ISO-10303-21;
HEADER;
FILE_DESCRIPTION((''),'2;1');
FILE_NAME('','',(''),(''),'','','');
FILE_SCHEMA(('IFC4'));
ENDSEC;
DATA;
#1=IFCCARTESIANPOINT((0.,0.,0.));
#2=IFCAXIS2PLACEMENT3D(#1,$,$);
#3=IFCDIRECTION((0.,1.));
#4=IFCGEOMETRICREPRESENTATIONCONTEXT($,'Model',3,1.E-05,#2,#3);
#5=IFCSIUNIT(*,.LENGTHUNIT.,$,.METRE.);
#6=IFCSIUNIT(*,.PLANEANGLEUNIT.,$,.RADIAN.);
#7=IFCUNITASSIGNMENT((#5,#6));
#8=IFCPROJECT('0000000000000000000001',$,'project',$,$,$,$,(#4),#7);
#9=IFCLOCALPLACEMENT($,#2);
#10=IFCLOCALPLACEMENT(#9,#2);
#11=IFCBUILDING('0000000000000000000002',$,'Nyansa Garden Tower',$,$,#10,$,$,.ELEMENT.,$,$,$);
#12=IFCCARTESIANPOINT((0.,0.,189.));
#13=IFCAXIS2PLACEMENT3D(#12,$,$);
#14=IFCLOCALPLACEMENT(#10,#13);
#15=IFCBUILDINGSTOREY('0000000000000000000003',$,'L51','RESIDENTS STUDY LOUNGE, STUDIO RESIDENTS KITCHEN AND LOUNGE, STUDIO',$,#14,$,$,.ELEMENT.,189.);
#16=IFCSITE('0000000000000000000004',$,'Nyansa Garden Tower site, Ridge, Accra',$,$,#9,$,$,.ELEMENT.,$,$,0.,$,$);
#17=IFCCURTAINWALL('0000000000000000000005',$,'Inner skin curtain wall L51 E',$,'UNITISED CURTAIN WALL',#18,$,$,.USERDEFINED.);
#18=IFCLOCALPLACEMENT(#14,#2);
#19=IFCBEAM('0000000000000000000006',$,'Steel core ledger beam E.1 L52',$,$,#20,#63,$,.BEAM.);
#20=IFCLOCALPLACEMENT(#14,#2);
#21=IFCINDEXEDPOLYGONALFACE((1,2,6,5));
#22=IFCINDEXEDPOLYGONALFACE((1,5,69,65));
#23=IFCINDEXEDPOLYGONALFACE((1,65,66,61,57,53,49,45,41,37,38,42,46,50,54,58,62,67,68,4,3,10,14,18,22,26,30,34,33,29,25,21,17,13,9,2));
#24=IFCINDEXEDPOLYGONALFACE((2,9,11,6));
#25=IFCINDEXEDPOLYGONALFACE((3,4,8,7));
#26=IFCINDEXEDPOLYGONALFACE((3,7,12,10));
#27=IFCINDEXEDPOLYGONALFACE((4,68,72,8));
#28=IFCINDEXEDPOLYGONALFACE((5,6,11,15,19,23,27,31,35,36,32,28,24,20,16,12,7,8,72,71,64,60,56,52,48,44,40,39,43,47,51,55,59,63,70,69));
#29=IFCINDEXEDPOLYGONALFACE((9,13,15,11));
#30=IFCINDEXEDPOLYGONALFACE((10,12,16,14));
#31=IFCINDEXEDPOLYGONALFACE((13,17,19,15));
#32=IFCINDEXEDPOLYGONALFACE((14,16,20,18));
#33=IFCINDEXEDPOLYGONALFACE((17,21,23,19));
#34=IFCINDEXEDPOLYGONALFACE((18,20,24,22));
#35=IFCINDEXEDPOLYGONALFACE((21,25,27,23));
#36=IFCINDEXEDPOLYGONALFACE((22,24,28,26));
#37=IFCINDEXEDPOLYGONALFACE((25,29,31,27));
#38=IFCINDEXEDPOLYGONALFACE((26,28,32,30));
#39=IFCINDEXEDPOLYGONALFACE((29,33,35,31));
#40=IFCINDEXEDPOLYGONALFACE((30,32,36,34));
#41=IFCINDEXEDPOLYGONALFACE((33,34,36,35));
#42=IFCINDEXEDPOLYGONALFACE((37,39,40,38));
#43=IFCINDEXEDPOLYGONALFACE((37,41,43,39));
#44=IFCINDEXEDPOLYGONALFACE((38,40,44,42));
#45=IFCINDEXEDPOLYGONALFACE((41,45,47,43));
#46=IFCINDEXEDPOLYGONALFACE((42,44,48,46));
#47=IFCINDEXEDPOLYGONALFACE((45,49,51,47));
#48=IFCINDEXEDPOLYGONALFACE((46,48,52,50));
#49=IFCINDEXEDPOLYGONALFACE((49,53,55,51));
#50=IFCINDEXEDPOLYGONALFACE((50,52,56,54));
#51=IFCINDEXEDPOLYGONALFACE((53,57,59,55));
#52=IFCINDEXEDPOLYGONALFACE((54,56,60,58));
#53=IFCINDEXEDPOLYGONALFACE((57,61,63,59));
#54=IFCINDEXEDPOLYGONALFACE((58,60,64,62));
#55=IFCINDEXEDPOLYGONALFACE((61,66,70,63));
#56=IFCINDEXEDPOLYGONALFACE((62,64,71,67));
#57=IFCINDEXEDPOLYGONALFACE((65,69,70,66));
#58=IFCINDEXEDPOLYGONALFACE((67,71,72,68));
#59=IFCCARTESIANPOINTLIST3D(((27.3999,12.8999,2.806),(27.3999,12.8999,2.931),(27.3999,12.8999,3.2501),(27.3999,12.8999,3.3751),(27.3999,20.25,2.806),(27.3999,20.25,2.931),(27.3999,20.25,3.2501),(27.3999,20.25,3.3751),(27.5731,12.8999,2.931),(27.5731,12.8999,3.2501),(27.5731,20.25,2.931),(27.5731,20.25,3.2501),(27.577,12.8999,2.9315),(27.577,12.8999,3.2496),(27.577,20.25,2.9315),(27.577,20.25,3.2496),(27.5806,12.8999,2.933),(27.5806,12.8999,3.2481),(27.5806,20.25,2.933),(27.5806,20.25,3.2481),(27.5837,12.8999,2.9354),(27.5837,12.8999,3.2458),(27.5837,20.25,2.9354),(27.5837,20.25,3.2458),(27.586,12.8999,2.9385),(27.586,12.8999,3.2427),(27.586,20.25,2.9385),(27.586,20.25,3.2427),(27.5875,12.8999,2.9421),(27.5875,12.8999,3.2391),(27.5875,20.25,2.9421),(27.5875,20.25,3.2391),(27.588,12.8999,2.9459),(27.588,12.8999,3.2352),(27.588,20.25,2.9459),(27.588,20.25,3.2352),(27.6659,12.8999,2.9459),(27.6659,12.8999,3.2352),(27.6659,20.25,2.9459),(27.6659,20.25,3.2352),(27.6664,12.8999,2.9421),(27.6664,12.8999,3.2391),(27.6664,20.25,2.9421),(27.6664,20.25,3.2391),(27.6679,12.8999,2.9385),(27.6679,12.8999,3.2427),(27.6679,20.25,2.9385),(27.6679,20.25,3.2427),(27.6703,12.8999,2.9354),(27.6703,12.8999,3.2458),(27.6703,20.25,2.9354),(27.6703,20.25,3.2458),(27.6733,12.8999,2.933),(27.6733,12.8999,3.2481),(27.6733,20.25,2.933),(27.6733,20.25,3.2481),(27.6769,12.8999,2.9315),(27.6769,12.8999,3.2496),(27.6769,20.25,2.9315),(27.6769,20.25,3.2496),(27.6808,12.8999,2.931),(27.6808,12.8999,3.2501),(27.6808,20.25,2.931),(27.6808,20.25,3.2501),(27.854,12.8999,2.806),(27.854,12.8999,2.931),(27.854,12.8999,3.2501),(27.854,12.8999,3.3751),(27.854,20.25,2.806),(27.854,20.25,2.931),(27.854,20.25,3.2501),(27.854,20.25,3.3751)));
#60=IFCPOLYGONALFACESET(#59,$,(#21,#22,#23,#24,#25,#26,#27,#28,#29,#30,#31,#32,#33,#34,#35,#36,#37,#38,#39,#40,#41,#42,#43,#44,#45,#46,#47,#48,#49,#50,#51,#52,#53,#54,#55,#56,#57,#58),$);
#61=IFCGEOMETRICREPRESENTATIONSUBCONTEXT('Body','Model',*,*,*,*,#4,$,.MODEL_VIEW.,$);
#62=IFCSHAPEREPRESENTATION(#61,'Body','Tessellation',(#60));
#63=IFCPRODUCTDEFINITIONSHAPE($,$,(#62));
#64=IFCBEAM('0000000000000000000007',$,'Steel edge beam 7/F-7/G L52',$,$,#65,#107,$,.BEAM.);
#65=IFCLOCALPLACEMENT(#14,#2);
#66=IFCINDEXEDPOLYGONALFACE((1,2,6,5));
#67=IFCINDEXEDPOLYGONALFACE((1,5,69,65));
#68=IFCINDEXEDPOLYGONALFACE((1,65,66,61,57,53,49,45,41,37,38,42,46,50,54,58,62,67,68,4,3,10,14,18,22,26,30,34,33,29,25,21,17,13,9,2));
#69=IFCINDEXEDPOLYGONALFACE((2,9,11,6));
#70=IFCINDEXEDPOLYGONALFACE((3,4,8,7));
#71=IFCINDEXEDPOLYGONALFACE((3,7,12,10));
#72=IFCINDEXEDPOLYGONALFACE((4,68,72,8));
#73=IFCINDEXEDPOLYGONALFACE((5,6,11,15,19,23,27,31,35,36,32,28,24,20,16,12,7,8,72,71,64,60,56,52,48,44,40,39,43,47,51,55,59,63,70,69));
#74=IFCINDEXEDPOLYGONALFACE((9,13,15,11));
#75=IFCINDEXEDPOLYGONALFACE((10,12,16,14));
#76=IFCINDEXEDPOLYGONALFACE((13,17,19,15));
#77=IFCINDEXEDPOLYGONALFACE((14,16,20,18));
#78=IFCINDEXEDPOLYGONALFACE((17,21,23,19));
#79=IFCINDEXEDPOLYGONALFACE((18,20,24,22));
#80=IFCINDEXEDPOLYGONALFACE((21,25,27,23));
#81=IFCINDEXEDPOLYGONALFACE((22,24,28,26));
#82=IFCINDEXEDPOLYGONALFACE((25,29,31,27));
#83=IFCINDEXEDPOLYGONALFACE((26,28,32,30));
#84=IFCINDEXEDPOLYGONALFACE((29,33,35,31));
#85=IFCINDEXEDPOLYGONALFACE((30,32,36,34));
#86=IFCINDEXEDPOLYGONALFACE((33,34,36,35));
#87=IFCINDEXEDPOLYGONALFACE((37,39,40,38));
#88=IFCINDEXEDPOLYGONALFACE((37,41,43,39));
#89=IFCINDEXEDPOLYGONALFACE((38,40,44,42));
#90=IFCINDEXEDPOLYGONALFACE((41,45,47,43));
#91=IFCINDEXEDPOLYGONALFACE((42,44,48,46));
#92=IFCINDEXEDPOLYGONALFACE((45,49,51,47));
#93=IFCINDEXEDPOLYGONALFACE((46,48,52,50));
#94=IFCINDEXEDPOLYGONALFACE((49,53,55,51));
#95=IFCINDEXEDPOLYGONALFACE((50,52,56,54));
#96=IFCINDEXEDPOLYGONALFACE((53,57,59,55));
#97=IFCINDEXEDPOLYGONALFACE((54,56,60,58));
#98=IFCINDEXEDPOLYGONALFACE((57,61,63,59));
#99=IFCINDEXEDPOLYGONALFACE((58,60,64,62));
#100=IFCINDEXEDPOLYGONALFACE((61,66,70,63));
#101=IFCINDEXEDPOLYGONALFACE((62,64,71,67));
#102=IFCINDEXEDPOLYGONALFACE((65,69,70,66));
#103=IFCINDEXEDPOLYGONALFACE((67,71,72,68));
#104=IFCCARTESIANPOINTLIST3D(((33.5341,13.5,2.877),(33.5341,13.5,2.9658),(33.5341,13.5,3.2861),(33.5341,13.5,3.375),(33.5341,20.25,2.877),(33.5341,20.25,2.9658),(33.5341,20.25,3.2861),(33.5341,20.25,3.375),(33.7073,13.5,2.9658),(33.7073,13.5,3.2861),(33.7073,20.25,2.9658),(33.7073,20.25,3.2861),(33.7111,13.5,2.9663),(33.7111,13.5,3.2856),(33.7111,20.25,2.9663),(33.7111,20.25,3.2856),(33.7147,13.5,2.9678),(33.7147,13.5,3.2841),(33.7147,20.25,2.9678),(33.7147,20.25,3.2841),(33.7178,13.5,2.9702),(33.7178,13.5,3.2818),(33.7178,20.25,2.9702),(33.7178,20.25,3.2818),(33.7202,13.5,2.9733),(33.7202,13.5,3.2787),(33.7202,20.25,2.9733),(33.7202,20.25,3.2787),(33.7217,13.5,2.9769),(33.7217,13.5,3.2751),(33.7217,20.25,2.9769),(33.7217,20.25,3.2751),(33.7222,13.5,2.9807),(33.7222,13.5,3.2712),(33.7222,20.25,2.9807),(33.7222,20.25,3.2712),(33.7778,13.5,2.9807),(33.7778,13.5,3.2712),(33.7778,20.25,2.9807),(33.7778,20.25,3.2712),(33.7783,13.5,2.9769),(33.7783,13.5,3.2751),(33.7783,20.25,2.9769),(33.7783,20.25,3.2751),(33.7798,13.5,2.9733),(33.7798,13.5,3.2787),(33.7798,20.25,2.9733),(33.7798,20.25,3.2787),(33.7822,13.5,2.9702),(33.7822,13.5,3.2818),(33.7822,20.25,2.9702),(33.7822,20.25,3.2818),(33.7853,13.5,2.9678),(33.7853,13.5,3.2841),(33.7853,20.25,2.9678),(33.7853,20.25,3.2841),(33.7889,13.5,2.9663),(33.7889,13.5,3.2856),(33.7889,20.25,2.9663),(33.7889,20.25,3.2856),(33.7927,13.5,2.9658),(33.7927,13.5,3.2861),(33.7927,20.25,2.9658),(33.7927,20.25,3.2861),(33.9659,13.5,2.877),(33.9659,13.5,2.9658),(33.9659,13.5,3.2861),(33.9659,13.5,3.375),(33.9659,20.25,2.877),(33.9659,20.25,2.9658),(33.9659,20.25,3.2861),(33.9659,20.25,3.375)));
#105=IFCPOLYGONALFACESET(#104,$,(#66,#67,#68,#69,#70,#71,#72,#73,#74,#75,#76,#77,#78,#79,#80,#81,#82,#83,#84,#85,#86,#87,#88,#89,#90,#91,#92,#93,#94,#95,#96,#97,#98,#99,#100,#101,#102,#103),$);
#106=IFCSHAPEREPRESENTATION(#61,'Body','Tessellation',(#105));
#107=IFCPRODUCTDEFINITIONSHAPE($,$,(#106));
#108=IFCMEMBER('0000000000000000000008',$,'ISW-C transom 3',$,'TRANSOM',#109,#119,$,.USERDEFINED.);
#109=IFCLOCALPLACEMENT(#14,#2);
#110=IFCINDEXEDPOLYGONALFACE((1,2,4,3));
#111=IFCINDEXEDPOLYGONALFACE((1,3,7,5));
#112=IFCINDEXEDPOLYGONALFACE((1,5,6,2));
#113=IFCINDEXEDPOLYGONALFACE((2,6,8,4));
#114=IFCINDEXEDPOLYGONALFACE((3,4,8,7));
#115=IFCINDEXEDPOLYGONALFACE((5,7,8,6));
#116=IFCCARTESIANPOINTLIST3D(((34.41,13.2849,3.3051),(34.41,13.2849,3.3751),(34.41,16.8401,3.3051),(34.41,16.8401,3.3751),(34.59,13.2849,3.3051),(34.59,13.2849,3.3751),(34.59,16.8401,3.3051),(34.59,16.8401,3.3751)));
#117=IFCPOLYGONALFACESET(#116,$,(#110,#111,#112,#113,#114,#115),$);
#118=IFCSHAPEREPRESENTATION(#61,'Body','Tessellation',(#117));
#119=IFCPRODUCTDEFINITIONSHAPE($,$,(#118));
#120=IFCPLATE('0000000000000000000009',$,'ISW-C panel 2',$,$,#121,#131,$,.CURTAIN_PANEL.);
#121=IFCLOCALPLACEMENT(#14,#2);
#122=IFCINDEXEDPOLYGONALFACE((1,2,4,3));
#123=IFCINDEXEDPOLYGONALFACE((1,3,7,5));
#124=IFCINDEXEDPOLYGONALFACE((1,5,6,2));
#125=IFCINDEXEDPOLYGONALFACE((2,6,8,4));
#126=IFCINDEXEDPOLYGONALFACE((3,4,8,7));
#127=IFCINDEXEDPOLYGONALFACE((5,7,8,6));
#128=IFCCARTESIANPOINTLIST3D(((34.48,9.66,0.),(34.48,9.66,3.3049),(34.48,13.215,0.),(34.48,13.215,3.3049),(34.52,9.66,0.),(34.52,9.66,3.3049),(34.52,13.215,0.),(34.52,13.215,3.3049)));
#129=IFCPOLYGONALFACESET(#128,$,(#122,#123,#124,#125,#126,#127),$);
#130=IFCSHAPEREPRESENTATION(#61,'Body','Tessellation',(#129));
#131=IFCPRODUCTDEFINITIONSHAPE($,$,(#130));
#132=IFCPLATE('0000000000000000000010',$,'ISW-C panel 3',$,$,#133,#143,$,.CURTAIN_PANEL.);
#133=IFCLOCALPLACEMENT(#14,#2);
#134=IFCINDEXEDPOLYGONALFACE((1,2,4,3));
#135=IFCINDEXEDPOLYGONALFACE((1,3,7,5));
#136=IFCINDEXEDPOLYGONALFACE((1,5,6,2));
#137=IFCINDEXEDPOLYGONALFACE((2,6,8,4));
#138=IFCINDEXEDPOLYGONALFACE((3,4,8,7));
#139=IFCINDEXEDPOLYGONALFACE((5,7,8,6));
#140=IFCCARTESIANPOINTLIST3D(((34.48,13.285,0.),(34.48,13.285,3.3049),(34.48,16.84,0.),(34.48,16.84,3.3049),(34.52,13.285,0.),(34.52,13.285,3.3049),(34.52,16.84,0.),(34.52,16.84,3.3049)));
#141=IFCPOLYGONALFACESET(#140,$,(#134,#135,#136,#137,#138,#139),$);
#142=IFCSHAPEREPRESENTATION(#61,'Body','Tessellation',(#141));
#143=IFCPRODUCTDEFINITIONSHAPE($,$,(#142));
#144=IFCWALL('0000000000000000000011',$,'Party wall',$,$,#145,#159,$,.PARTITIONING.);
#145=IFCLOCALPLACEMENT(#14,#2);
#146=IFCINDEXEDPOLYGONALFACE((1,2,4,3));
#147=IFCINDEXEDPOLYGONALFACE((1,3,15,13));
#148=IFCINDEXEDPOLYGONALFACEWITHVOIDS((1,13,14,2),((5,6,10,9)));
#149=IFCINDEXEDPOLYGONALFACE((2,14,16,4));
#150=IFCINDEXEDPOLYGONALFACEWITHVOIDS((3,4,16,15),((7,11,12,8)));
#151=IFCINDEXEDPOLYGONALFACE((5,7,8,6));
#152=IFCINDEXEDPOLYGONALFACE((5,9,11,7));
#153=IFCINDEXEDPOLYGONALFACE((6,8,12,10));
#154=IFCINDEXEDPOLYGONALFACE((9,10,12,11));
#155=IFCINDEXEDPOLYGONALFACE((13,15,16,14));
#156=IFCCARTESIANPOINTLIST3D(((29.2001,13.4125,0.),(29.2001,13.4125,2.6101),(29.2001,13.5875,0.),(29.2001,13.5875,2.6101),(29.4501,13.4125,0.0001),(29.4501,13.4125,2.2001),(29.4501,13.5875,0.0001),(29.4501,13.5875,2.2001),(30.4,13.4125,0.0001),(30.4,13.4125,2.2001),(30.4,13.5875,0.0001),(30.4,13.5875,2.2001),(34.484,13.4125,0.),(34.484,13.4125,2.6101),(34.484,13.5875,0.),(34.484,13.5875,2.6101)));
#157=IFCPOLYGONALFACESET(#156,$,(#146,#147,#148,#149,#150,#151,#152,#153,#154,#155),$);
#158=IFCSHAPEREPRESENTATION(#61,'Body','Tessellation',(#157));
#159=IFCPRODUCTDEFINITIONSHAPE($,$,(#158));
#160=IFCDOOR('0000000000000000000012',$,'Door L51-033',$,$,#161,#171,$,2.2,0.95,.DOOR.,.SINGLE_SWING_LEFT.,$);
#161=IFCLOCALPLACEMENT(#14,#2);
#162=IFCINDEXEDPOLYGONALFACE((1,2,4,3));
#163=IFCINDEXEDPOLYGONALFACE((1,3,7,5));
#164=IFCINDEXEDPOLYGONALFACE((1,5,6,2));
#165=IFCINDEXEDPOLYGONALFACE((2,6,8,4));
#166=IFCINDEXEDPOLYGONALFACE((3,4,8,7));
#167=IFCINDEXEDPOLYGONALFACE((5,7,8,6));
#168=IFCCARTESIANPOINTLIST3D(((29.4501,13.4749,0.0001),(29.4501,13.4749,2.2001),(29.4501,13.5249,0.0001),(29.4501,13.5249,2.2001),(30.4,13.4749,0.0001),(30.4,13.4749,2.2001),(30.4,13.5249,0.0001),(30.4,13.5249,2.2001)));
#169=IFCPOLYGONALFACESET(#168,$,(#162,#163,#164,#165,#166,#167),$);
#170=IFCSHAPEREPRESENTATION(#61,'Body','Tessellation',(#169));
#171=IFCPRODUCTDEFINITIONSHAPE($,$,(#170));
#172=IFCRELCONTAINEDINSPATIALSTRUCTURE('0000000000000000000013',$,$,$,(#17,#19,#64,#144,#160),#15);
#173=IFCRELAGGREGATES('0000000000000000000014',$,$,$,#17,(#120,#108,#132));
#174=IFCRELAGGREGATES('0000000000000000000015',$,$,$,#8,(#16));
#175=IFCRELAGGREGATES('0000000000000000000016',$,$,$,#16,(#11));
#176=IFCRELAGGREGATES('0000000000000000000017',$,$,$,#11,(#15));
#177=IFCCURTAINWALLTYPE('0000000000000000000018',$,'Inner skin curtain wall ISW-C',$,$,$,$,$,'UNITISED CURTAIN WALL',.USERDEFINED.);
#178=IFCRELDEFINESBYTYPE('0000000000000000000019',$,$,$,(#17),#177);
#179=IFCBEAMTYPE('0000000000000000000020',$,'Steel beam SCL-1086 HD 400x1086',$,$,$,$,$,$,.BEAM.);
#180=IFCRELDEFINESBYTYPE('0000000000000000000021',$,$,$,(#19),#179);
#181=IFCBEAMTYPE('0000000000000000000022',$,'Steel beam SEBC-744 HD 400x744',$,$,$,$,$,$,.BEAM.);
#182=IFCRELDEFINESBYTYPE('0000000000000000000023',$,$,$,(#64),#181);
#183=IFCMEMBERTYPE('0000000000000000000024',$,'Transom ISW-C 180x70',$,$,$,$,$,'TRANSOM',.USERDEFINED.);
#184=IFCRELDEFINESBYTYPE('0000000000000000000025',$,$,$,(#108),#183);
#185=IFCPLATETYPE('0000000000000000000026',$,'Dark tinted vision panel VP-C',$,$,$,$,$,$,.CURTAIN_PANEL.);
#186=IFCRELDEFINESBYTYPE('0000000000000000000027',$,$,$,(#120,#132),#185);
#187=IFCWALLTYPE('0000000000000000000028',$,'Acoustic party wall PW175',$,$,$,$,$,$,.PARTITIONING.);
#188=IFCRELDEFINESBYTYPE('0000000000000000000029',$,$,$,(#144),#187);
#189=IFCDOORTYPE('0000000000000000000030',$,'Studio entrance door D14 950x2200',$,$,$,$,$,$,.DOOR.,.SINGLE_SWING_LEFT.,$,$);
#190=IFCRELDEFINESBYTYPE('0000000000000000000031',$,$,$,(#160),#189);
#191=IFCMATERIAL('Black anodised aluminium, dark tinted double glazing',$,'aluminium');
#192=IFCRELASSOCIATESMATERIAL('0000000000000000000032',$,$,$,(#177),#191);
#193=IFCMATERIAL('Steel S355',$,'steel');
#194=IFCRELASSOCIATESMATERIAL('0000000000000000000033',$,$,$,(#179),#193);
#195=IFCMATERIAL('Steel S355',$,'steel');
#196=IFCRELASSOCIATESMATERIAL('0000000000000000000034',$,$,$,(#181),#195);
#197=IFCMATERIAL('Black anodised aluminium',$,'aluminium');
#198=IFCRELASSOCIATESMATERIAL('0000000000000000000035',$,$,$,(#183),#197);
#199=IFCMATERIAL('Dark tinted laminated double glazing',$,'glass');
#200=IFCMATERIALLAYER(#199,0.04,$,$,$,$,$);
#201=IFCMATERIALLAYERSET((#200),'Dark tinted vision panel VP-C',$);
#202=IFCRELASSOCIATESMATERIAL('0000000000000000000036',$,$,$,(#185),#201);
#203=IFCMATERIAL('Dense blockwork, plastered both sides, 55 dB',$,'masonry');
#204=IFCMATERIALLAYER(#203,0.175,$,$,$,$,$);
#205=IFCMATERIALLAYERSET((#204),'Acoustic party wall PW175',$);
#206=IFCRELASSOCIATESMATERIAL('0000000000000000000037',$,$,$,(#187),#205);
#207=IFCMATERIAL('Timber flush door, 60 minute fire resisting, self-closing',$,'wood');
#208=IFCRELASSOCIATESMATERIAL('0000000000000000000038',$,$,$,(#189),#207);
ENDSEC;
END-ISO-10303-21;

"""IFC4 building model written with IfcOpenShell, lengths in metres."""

from ifc_helpers import new_model, si_unit, direction, frame, frame_2d, origin, origin_2d, place, context, subcontext, project, spatial, rectangle, i_section, extrude, material, layer, layer_set, material_profile, profile_set, type_object, element, fill, aggregate, save


model = new_model("IFC4")

# Units and contexts
model_context = context("Model", 3, precision=1e-05, world=origin(), true_north=direction((0.0, 1.0)))
body_context = subcontext(model_context, "Body", "Model", "MODEL_VIEW")
ifc_project = project(units=[si_unit("LENGTHUNIT", "METRE"), si_unit("PLANEANGLEUNIT", "RADIAN")], contexts=[model_context])

# Site, building, storey
site_placement = place(None, origin())
site = spatial("IfcSite", under=ifc_project, at=site_placement, Name="Nyansa Garden Tower site, Ridge, Accra", CompositionType="ELEMENT", RefElevation=0.0)
building_placement = place(site_placement, origin())
building = spatial("IfcBuilding", under=site, at=building_placement, Name="Nyansa Garden Tower", CompositionType="ELEMENT")
storey_placement = place(building_placement, frame((0.0, 0.0, 189.0)))
storey = spatial("IfcBuildingStorey", under=building, at=storey_placement, Name="L51", Description="RESIDENTS STUDY LOUNGE, STUDIO RESIDENTS KITCHEN AND LOUNGE, STUDIO", CompositionType="ELEMENT", Elevation=189.0)

# Curtain wall
ifc_material_1 = material(Name="Black anodised aluminium, dark tinted double glazing", Category="aluminium")
curtain_wall_type = type_object("IfcCurtainWallType", Name="Inner skin curtain wall ISW-C", ElementType="UNITISED CURTAIN WALL", PredefinedType="USERDEFINED", material=ifc_material_1)
curtain_wall_placement = place(storey_placement, origin())
curtain_wall = element("IfcCurtainWall", 1, at=curtain_wall_placement, inside=storey, type_object=curtain_wall_type, Name="Inner skin curtain wall L51 E", ObjectType="UNITISED CURTAIN WALL", PredefinedType="USERDEFINED")

# Beams
ifc_material_2 = material(Name="Steel S355", Category="steel")
ifc_material_profile_1 = material_profile(ifc_material_2, i_section(OverallWidth=0.4541, OverallDepth=0.5691, WebThickness=0.0779, FlangeThickness=0.125, FilletRadius=0.0149, at=origin_2d()), Name="HD 400x1086")
ifc_profile_set_1 = profile_set([ifc_material_profile_1], Name="Steel S355")
beam_type_1 = type_object("IfcBeamType", Name="Steel beam SCL-1086 HD 400x1086", PredefinedType="BEAM", material=ifc_profile_set_1)
beam_1_placement = place(storey_placement, frame((27.627, 12.8999, 3.0906), z_axis=(0.0, 1.0, 0.0), x_axis=(-1.0, 0.0, 0.0)))
element("IfcBeam", 2, at=beam_1_placement, inside=storey, type_object=beam_type_1, Name="Steel core ledger beam E.1 L52", PredefinedType="BEAM", context=body_context, shape_type="SweptSolid", body=[
    extrude(i_section(OverallWidth=0.4541, OverallDepth=0.5691, WebThickness=0.0779, FlangeThickness=0.125, FilletRadius=0.0149, at=origin_2d()), origin(), (0.0, 0.0, 1.0), 7.3501),
])
ifc_material_3 = material(Name="Steel S355", Category="steel")
ifc_material_profile_2 = material_profile(ifc_material_3, i_section(OverallWidth=0.4319, OverallDepth=0.498, WebThickness=0.0557, FlangeThickness=0.0889, FilletRadius=0.0149, at=origin_2d()), Name="HD 400x744")
ifc_profile_set_2 = profile_set([ifc_material_profile_2], Name="Steel S355")
beam_type_2 = type_object("IfcBeamType", Name="Steel beam SEBC-744 HD 400x744", PredefinedType="BEAM", material=ifc_profile_set_2)
beam_2_placement = place(storey_placement, frame((33.75, 13.5, 3.126), z_axis=(0.0, 1.0, 0.0), x_axis=(-1.0, 0.0, 0.0)))
element("IfcBeam", 3, at=beam_2_placement, inside=storey, type_object=beam_type_2, Name="Steel edge beam 7/F-7/G L52", PredefinedType="BEAM", context=body_context, shape_type="SweptSolid", body=[
    extrude(i_section(OverallWidth=0.4319, OverallDepth=0.498, WebThickness=0.0557, FlangeThickness=0.0889, FilletRadius=0.0149, at=origin_2d()), origin(), (0.0, 0.0, 1.0), 6.75),
])

# Member
ifc_material_4 = material(Name="Black anodised aluminium", Category="aluminium")
ifc_material_profile_3 = material_profile(ifc_material_4, rectangle(XDim=0.1799, YDim=0.0701, at=origin_2d()), Name="Transom 180x70")
ifc_profile_set_3 = profile_set([ifc_material_profile_3], Name="Black anodised aluminium")
member_type_1 = type_object("IfcMemberType", Name="Transom ISW-C 180x70", ElementType="TRANSOM", PredefinedType="USERDEFINED", material=ifc_profile_set_3)
member_1_placement = place(storey_placement, frame((34.5, 13.2849, 3.3401), z_axis=(0.0, 1.0, 0.0), x_axis=(-1.0, 0.0, 0.0)))
member_1 = element("IfcMember", 4, at=member_1_placement, type_object=member_type_1, Name="ISW-C transom 3", ObjectType="TRANSOM", PredefinedType="USERDEFINED", context=body_context, shape_type="SweptSolid", body=[
    extrude(rectangle(XDim=0.1799, YDim=0.0701, at=origin_2d()), origin(), (0.0, 0.0, 1.0), 3.5552),
])

# Plates
ifc_material_5 = material(Name="Dark tinted laminated double glazing", Category="glass")
ifc_layer_1 = layer(ifc_material_5, 0.04)
ifc_layer_set_1 = layer_set([ifc_layer_1], Name="Dark tinted vision panel VP-C")
plate_type = type_object("IfcPlateType", Name="Dark tinted vision panel VP-C", PredefinedType="CURTAIN_PANEL", material=ifc_layer_set_1)
plate_1_placement = place(storey_placement, frame((34.5, 11.4375, 0.0), z_axis=(0.0, 0.0, 1.0), x_axis=(0.0, 1.0, 0.0)))
plate_1 = element("IfcPlate", 5, at=plate_1_placement, type_object=plate_type, Name="ISW-C panel 2", PredefinedType="CURTAIN_PANEL", context=body_context, shape_type="SweptSolid", body=[
    extrude(rectangle(XDim=3.5549, YDim=0.04, at=origin_2d()), origin(), (0.0, 0.0, 1.0), 3.3049),
])
plate_2_placement = place(storey_placement, frame((34.5, 15.0625, 0.0), z_axis=(0.0, 0.0, 1.0), x_axis=(0.0, 1.0, 0.0)))
plate_2 = element("IfcPlate", 6, at=plate_2_placement, type_object=plate_type, Name="ISW-C panel 3", PredefinedType="CURTAIN_PANEL", context=body_context, shape_type="SweptSolid", body=[
    extrude(rectangle(XDim=3.5549, YDim=0.04, at=origin_2d()), origin(), (0.0, 0.0, 1.0), 3.3049),
])
aggregate(curtain_wall, [plate_1, member_1, plate_2])

# Wall, opening, door
ifc_material_6 = material(Name="Dense blockwork, plastered both sides, 55 dB", Category="masonry")
ifc_layer_2 = layer(ifc_material_6, 0.175)
ifc_layer_set_2 = layer_set([ifc_layer_2], Name="Acoustic party wall PW175")
wall_type_1 = type_object("IfcWallType", Name="Acoustic party wall PW175", PredefinedType="PARTITIONING", material=ifc_layer_set_2)
wall_1_placement = place(storey_placement, frame((29.2, 13.5, 0.0), z_axis=(0.0, 0.0, 1.0), x_axis=(1.0, 0.0, 0.0)))
wall_1 = element("IfcWall", 7, at=wall_1_placement, inside=storey, type_object=wall_type_1, Name="Party wall", PredefinedType="PARTITIONING", context=body_context, shape_type="SweptSolid", body=[
    extrude(rectangle(XDim=5.2839, YDim=0.175, at=frame_2d((2.6421, 0.0))), origin(), (0.0, 0.0, 1.0), 2.6101),
])
opening_1_placement = place(wall_1_placement, frame((0.25, 0.0, 0.0)))
opening_1 = element("IfcOpeningElement", 8, at=opening_1_placement, cuts=wall_1, PredefinedType="OPENING", context=body_context, shape_type="SweptSolid", body=[
    extrude(rectangle(XDim=0.95, YDim=2.2, at=frame_2d((0.4751, 1.1001))), frame((0.0, 0.0974, 0.0), z_axis=(0.0, -1.0, 0.0), x_axis=(1.0, 0.0, 0.0)), (0.0, 0.0, 1.0), 0.1951),
])
ifc_material_7 = material(Name="Timber flush door, 60 minute fire resisting, self-closing", Category="wood")
door_type_1 = type_object("IfcDoorType", Name="Studio entrance door D14 950x2200", OperationType="SINGLE_SWING_LEFT", PredefinedType="DOOR", material=ifc_material_7)
door_1_placement = place(opening_1_placement, origin())
door_1 = element("IfcDoor", 9, at=door_1_placement, inside=storey, type_object=door_type_1, Name="Door L51-033", OperationType="SINGLE_SWING_LEFT", OverallHeight=2.2, OverallWidth=0.95, PredefinedType="DOOR", context=body_context, shape_type="SweptSolid", body=[
    extrude(rectangle(XDim=0.95, YDim=2.2, at=frame_2d((0.4751, 1.1001))), frame((0.0, 0.0249, 0.0), z_axis=(0.0, -1.0, 0.0), x_axis=(1.0, 0.0, 0.0)), (0.0, 0.0, 1.0), 0.05),
])
fill(opening_1, door_1)

save(model, "model.ifc")
